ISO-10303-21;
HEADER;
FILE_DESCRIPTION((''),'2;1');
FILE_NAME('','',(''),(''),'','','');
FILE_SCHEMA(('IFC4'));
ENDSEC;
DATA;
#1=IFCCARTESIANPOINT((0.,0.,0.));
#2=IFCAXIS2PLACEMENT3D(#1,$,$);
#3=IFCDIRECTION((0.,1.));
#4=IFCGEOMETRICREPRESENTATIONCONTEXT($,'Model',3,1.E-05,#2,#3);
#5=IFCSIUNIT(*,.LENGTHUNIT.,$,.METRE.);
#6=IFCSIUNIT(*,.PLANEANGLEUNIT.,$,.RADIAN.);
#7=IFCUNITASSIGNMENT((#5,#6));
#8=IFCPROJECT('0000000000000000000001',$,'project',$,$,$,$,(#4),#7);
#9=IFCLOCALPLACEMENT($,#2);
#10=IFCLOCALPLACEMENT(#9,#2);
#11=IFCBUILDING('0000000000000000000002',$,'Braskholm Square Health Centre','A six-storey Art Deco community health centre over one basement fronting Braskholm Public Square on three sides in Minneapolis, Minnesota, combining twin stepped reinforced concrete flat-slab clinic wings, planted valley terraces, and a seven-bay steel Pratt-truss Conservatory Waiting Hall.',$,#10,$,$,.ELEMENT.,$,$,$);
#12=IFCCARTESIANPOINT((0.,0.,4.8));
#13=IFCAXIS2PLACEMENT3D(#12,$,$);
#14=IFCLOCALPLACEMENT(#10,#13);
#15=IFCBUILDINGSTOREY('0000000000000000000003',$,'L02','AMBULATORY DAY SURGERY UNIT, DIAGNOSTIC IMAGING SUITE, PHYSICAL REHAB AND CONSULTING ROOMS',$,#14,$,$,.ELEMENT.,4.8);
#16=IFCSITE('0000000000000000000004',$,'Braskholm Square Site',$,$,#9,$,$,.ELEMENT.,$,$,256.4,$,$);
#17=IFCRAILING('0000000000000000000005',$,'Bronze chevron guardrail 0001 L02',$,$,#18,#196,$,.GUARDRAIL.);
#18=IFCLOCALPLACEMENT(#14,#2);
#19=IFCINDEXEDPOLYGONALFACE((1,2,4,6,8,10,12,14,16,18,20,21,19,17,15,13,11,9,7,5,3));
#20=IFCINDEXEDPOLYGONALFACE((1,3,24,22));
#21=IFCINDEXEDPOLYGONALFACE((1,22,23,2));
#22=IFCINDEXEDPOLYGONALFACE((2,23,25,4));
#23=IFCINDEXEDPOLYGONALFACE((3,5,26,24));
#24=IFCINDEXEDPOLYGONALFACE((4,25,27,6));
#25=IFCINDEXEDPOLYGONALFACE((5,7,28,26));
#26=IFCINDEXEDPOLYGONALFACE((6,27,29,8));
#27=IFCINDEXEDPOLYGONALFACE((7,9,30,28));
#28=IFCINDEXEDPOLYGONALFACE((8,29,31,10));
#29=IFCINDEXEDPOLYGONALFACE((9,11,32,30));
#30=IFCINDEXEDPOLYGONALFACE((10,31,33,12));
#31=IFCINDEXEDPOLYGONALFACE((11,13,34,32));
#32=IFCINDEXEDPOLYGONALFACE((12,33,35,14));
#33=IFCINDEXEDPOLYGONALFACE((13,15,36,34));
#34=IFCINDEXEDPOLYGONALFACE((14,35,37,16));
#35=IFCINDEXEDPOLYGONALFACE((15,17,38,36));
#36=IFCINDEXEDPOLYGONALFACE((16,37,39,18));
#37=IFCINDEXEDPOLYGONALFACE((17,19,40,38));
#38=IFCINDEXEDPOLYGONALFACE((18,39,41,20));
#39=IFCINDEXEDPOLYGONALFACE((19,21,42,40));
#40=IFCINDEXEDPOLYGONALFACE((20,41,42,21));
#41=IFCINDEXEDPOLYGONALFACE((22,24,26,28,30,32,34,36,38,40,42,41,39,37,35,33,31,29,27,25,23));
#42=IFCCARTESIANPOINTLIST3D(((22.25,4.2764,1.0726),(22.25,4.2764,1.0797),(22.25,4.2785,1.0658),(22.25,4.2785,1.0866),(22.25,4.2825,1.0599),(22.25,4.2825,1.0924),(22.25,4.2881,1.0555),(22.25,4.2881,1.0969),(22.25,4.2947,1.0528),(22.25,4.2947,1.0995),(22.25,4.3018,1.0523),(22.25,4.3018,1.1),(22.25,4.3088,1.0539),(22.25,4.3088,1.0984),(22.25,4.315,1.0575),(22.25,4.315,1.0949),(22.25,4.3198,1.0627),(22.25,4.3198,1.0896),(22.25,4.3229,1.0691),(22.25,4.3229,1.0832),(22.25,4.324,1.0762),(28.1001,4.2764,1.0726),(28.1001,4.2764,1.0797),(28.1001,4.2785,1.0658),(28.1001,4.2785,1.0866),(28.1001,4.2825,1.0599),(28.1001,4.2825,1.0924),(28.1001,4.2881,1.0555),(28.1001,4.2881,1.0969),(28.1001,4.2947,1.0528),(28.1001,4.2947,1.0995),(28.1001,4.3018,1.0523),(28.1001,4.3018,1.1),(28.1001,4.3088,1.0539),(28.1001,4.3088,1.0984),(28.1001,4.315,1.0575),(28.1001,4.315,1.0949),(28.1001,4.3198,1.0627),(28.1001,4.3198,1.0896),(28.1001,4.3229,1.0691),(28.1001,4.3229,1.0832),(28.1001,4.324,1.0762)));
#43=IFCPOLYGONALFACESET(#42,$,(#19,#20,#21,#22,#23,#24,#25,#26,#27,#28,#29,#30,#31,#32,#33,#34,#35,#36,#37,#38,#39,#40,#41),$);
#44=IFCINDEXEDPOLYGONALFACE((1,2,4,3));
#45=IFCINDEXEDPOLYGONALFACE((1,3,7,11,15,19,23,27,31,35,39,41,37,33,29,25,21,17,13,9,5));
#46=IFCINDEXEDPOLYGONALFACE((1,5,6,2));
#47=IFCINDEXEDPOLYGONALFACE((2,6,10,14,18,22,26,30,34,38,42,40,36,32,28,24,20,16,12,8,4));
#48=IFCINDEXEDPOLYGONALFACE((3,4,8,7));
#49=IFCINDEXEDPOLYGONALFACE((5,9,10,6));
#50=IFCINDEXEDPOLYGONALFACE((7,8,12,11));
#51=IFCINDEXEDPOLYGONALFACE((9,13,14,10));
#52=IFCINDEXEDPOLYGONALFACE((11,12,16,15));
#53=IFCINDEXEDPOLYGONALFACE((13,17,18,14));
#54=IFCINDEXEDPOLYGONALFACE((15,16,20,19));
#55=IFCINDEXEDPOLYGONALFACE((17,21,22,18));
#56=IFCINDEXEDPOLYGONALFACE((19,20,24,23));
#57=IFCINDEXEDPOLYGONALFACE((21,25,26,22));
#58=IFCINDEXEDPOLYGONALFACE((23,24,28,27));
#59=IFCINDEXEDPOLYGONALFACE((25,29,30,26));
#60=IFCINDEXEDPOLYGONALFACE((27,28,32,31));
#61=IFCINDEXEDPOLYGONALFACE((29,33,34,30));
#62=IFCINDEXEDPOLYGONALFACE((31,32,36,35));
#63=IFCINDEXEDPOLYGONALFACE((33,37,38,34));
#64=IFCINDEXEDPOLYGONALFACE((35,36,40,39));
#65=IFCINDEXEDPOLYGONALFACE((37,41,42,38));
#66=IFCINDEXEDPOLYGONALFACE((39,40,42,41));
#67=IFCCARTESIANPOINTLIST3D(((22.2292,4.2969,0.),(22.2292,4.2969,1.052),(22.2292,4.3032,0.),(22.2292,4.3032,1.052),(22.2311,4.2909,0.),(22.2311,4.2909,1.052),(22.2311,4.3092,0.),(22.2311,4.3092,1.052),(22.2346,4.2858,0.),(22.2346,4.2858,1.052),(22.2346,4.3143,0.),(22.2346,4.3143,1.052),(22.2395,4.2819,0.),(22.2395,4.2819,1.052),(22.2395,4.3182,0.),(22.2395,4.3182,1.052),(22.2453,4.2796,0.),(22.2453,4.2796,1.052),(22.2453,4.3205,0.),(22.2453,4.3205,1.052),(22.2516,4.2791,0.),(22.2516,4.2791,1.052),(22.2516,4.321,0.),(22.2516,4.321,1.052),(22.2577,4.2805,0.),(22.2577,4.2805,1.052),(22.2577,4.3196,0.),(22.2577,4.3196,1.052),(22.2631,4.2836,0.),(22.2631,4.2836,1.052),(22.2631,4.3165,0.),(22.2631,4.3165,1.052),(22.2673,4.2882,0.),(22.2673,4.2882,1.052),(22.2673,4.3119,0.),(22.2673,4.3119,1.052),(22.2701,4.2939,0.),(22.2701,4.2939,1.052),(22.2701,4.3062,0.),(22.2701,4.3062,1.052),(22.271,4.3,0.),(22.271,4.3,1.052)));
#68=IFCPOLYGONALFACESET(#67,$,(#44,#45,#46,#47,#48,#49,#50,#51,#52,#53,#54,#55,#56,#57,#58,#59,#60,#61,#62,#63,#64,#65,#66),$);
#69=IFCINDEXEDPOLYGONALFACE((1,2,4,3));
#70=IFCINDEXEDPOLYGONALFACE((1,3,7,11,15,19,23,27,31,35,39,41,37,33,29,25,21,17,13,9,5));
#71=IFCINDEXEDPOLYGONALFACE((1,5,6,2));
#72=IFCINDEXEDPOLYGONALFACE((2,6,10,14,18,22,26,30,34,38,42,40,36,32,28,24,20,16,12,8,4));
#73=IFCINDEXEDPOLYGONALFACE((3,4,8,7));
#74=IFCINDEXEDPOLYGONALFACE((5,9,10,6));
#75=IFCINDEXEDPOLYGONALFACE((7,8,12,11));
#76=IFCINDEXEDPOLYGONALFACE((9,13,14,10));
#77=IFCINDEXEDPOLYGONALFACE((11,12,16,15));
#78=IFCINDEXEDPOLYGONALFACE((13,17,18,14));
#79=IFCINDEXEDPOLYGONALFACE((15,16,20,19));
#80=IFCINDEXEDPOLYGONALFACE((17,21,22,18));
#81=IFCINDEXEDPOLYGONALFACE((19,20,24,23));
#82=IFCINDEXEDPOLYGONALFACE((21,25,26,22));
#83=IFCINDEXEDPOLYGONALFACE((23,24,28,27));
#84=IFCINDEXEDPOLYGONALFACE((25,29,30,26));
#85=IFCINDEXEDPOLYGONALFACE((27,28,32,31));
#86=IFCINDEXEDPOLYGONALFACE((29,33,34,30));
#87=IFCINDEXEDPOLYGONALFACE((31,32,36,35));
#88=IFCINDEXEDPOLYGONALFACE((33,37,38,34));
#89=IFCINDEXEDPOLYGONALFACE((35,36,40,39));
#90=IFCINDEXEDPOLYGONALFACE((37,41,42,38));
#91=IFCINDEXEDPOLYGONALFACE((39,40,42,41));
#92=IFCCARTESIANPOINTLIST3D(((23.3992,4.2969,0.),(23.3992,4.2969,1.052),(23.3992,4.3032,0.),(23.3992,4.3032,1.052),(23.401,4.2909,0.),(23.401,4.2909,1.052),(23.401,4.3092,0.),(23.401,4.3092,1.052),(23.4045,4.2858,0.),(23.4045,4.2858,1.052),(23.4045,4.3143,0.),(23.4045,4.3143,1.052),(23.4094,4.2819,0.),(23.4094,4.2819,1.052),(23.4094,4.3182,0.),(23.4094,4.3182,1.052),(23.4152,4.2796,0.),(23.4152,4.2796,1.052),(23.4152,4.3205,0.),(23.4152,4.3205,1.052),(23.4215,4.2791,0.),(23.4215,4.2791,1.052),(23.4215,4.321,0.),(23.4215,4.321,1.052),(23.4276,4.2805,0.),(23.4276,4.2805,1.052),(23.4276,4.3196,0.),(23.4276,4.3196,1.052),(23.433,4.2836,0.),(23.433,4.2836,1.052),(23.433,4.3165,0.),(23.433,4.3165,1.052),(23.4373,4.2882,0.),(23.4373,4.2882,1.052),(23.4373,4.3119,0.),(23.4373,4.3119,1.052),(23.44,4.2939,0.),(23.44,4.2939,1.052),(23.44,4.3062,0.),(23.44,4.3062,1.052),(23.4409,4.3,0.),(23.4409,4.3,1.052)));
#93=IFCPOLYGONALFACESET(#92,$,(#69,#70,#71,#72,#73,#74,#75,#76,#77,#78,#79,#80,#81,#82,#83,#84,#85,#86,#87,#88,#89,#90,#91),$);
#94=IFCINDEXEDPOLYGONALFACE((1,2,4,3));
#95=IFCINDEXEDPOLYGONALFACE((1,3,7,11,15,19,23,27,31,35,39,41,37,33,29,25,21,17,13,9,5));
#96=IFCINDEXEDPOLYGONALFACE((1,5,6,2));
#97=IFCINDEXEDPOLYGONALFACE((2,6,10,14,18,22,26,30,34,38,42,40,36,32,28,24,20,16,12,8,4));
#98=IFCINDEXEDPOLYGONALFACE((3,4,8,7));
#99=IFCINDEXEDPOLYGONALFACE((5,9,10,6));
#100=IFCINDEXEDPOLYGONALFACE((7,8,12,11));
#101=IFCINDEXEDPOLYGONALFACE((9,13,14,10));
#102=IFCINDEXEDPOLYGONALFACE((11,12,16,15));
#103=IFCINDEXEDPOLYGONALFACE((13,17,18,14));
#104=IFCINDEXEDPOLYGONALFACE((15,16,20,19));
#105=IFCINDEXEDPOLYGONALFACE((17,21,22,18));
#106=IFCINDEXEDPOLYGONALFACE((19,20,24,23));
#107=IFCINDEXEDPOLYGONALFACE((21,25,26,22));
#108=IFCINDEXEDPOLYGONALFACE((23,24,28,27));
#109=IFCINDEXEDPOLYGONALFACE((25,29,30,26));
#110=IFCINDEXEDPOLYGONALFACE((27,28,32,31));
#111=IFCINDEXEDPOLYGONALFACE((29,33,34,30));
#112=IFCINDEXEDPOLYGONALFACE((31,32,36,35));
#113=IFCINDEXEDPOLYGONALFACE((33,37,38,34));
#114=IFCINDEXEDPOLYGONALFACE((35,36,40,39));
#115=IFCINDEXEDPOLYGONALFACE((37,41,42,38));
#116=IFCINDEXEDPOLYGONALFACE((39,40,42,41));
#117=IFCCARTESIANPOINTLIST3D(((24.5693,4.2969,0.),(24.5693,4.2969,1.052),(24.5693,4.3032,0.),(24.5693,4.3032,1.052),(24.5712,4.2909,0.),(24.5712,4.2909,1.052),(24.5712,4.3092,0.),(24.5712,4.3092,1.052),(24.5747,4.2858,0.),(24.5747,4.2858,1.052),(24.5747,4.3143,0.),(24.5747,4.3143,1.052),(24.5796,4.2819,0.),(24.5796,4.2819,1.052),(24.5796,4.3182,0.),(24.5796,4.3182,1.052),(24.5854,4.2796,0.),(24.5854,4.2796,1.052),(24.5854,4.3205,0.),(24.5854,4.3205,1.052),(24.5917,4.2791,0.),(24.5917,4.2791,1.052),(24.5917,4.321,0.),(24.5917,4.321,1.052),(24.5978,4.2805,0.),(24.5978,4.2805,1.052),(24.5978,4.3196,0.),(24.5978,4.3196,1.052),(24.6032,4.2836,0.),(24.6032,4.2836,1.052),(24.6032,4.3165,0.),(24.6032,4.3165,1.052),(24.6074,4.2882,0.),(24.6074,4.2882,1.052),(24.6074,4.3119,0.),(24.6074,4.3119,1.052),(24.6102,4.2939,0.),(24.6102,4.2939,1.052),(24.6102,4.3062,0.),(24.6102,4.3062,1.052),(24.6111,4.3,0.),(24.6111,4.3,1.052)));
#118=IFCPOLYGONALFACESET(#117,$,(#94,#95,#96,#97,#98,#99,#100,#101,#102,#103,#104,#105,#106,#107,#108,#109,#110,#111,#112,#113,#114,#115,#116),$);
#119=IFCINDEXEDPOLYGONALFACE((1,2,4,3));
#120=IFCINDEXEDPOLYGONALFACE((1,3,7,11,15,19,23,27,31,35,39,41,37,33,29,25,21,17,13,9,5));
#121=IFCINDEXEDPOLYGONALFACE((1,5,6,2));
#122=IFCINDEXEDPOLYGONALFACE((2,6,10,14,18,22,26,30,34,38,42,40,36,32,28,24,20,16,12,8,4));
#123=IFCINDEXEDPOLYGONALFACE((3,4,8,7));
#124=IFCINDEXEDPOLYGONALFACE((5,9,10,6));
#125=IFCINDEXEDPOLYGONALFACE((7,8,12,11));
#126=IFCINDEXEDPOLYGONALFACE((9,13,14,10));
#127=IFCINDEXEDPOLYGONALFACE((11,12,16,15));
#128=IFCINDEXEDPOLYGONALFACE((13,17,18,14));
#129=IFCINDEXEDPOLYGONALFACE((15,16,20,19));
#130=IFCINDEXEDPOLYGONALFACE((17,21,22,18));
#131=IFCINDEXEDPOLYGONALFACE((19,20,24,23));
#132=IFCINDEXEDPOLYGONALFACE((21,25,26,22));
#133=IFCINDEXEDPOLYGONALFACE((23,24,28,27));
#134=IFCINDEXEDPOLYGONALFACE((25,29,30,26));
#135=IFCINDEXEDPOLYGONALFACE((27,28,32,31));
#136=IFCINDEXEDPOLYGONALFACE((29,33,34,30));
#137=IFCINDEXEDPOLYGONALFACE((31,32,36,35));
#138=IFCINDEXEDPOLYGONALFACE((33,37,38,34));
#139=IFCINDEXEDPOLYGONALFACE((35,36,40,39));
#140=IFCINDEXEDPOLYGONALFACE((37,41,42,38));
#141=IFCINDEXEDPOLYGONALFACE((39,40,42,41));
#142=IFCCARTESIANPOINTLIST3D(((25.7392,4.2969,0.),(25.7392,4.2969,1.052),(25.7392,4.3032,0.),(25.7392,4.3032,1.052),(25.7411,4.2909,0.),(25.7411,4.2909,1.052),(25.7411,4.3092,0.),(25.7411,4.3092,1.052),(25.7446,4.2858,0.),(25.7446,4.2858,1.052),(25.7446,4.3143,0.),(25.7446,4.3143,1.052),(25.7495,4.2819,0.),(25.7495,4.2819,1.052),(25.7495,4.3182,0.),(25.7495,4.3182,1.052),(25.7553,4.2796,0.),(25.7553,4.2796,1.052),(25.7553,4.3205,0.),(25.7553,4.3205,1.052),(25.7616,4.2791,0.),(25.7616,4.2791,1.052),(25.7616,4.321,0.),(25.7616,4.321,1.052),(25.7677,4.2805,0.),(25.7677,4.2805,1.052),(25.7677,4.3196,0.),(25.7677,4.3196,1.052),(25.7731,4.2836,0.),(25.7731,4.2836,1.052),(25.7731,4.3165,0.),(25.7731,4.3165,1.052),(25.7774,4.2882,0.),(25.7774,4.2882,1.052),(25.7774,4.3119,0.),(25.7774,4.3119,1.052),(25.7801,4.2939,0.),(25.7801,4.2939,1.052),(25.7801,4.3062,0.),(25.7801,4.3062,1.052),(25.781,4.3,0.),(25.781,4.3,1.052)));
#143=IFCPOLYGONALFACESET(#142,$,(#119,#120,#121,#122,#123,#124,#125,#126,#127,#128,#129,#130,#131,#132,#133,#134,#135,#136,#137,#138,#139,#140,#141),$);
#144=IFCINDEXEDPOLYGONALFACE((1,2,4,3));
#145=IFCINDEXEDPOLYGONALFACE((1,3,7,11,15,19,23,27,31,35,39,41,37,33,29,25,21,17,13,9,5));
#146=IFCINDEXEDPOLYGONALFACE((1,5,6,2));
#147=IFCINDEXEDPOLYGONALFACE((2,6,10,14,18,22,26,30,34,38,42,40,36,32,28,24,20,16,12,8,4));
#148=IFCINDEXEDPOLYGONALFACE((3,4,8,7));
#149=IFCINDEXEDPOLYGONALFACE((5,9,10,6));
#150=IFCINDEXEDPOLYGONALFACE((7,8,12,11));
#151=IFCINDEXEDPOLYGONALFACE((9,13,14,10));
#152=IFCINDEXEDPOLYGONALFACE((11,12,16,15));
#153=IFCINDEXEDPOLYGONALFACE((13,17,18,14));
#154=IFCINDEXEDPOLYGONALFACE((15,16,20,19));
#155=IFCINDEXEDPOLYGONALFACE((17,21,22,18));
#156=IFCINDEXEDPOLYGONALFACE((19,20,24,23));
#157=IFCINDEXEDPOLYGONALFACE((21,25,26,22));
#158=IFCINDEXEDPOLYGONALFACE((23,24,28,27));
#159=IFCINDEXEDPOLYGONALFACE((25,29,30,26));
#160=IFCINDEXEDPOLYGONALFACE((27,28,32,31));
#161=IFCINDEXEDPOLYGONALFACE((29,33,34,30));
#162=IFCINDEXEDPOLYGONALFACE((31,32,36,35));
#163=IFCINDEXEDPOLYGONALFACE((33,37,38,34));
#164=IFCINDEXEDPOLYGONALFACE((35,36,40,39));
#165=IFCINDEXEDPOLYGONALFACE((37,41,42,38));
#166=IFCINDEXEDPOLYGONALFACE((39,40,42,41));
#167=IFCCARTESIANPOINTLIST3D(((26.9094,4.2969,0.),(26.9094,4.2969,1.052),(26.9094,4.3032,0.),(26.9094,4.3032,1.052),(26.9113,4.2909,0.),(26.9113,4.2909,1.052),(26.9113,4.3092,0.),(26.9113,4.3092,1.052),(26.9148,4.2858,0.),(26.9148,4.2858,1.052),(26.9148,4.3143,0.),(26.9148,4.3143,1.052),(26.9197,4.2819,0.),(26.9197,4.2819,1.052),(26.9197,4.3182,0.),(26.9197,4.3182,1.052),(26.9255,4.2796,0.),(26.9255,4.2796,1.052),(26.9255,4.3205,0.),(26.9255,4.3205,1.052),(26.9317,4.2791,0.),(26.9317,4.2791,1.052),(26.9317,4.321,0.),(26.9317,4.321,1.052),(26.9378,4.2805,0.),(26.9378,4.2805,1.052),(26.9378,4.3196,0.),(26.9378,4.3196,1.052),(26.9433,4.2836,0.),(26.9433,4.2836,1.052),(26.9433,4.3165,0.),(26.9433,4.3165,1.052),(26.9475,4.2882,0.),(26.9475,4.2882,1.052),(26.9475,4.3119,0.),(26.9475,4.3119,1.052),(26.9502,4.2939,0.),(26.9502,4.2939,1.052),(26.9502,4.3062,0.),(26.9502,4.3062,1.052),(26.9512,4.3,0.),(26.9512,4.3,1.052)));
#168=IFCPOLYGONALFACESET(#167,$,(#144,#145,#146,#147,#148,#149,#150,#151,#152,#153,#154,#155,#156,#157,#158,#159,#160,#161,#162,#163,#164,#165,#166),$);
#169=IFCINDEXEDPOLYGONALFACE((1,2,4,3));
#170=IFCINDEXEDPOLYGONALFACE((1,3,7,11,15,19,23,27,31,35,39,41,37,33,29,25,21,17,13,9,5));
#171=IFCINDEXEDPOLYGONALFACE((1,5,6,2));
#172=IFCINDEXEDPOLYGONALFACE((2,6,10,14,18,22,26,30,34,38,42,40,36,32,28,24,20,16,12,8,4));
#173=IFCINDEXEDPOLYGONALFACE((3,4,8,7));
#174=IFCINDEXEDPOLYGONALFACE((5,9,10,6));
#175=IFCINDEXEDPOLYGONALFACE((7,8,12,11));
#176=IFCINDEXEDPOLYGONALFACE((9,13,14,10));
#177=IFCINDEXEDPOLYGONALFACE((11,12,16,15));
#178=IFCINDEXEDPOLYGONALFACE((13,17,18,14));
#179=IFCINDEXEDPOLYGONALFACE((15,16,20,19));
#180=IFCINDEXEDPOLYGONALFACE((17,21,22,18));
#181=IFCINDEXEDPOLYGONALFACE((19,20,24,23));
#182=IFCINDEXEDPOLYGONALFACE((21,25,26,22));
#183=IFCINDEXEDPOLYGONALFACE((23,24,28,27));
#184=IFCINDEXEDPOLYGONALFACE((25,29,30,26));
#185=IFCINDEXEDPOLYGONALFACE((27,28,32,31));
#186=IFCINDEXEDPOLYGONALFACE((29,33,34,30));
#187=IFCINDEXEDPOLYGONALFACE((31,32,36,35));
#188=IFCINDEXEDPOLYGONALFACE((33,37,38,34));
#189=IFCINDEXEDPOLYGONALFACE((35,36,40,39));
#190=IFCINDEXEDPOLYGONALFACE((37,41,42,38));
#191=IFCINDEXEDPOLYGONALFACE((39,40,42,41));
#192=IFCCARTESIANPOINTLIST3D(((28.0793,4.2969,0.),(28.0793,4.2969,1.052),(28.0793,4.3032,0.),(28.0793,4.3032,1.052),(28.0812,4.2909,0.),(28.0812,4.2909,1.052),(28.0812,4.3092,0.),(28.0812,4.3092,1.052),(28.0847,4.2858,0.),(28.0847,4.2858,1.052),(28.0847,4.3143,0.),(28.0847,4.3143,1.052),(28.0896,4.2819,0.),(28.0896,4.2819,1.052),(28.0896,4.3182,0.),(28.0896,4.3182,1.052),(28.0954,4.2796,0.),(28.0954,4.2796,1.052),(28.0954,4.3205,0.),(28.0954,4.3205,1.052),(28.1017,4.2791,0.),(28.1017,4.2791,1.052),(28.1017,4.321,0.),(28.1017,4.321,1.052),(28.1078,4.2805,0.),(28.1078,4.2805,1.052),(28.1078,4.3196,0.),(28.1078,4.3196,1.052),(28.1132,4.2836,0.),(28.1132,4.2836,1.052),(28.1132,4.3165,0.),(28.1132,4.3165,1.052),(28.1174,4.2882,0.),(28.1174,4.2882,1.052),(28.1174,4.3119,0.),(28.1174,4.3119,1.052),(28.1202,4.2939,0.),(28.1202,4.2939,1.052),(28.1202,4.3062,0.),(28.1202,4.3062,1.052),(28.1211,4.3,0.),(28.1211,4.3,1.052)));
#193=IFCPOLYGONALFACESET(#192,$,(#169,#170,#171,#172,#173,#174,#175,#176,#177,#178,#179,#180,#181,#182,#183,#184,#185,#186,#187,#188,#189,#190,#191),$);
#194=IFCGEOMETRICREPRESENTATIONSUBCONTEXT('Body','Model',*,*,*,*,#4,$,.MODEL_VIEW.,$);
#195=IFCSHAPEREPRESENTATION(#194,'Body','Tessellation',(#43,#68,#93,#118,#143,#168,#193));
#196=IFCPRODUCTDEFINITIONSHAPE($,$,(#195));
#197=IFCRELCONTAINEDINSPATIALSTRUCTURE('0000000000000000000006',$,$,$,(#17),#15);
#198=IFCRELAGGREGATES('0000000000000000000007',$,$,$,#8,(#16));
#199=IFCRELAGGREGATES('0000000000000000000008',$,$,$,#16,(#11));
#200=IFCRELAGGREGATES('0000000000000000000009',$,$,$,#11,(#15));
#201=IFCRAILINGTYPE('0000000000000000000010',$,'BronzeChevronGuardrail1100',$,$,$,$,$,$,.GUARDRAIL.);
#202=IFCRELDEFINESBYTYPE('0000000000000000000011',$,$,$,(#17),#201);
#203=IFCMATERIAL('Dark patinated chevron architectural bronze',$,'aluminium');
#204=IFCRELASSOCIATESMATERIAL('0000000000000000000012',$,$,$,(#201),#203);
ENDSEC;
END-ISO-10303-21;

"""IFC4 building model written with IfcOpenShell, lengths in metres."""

from ifc_helpers import new_model, si_unit, direction, frame, origin, origin_2d, place, context, subcontext, project, spatial, circle, extrude, material, type_object, element, save


model = new_model("IFC4")

# Units and contexts
model_context = context("Model", 3, precision=1e-05, world=origin(), true_north=direction((0.0, 1.0)))
body_context = subcontext(model_context, "Body", "Model", "MODEL_VIEW")
ifc_project = project(units=[si_unit("LENGTHUNIT", "METRE"), si_unit("PLANEANGLEUNIT", "RADIAN")], contexts=[model_context])

# Site, building, storey
site_placement = place(None, origin())
site = spatial("IfcSite", under=ifc_project, at=site_placement, Name="Braskholm Square Site", CompositionType="ELEMENT", RefElevation=256.4)
building_placement = place(site_placement, origin())
building = spatial("IfcBuilding", under=site, at=building_placement, Name="Braskholm Square Health Centre", Description="A six-storey Art Deco community health centre over one basement fronting Braskholm Public Square on three sides in Minneapolis, Minnesota, combining twin stepped reinforced concrete flat-slab clinic wings, planted valley terraces, and a seven-bay steel Pratt-truss Conservatory Waiting Hall.", CompositionType="ELEMENT")
storey_placement = place(building_placement, frame((0.0, 0.0, 4.8)))
storey = spatial("IfcBuildingStorey", under=building, at=storey_placement, Name="L02", Description="AMBULATORY DAY SURGERY UNIT, DIAGNOSTIC IMAGING SUITE, PHYSICAL REHAB AND CONSULTING ROOMS", CompositionType="ELEMENT", Elevation=4.8)

# Railing
ifc_material_1 = material(Name="Dark patinated chevron architectural bronze", Category="aluminium")
railing_type = type_object("IfcRailingType", Name="BronzeChevronGuardrail1100", PredefinedType="GUARDRAIL", material=ifc_material_1)
railing_1_placement = place(storey_placement, frame((22.25, 4.3, 0.0)))
element("IfcRailing", 1, at=railing_1_placement, inside=storey, type_object=railing_type, Name="Bronze chevron guardrail 0001 L02", PredefinedType="GUARDRAIL", context=body_context, shape_type="SweptSolid", body=[
    extrude(circle(Radius=0.0239, at=origin_2d()), frame((0.0, 0.0, 1.0762), z_axis=(1.0, 0.0, 0.0), x_axis=(0.0, 1.0, 0.0)), (0.0, 0.0, 1.0), 5.8501),
    extrude(circle(Radius=0.021, at=origin_2d()), origin(), (0.0, 0.0, 1.0), 1.052),
    extrude(circle(Radius=0.021, at=origin_2d()), frame((1.1699, 0.0, 0.0)), (0.0, 0.0, 1.0), 1.052),
    extrude(circle(Radius=0.021, at=origin_2d()), frame((2.3401, 0.0, 0.0)), (0.0, 0.0, 1.0), 1.052),
    extrude(circle(Radius=0.021, at=origin_2d()), frame((3.51, 0.0, 0.0)), (0.0, 0.0, 1.0), 1.052),
    extrude(circle(Radius=0.021, at=origin_2d()), frame((4.6802, 0.0, 0.0)), (0.0, 0.0, 1.0), 1.052),
    extrude(circle(Radius=0.021, at=origin_2d()), frame((5.8501, 0.0, 0.0)), (0.0, 0.0, 1.0), 1.052),
])

save(model, "model.ifc")
